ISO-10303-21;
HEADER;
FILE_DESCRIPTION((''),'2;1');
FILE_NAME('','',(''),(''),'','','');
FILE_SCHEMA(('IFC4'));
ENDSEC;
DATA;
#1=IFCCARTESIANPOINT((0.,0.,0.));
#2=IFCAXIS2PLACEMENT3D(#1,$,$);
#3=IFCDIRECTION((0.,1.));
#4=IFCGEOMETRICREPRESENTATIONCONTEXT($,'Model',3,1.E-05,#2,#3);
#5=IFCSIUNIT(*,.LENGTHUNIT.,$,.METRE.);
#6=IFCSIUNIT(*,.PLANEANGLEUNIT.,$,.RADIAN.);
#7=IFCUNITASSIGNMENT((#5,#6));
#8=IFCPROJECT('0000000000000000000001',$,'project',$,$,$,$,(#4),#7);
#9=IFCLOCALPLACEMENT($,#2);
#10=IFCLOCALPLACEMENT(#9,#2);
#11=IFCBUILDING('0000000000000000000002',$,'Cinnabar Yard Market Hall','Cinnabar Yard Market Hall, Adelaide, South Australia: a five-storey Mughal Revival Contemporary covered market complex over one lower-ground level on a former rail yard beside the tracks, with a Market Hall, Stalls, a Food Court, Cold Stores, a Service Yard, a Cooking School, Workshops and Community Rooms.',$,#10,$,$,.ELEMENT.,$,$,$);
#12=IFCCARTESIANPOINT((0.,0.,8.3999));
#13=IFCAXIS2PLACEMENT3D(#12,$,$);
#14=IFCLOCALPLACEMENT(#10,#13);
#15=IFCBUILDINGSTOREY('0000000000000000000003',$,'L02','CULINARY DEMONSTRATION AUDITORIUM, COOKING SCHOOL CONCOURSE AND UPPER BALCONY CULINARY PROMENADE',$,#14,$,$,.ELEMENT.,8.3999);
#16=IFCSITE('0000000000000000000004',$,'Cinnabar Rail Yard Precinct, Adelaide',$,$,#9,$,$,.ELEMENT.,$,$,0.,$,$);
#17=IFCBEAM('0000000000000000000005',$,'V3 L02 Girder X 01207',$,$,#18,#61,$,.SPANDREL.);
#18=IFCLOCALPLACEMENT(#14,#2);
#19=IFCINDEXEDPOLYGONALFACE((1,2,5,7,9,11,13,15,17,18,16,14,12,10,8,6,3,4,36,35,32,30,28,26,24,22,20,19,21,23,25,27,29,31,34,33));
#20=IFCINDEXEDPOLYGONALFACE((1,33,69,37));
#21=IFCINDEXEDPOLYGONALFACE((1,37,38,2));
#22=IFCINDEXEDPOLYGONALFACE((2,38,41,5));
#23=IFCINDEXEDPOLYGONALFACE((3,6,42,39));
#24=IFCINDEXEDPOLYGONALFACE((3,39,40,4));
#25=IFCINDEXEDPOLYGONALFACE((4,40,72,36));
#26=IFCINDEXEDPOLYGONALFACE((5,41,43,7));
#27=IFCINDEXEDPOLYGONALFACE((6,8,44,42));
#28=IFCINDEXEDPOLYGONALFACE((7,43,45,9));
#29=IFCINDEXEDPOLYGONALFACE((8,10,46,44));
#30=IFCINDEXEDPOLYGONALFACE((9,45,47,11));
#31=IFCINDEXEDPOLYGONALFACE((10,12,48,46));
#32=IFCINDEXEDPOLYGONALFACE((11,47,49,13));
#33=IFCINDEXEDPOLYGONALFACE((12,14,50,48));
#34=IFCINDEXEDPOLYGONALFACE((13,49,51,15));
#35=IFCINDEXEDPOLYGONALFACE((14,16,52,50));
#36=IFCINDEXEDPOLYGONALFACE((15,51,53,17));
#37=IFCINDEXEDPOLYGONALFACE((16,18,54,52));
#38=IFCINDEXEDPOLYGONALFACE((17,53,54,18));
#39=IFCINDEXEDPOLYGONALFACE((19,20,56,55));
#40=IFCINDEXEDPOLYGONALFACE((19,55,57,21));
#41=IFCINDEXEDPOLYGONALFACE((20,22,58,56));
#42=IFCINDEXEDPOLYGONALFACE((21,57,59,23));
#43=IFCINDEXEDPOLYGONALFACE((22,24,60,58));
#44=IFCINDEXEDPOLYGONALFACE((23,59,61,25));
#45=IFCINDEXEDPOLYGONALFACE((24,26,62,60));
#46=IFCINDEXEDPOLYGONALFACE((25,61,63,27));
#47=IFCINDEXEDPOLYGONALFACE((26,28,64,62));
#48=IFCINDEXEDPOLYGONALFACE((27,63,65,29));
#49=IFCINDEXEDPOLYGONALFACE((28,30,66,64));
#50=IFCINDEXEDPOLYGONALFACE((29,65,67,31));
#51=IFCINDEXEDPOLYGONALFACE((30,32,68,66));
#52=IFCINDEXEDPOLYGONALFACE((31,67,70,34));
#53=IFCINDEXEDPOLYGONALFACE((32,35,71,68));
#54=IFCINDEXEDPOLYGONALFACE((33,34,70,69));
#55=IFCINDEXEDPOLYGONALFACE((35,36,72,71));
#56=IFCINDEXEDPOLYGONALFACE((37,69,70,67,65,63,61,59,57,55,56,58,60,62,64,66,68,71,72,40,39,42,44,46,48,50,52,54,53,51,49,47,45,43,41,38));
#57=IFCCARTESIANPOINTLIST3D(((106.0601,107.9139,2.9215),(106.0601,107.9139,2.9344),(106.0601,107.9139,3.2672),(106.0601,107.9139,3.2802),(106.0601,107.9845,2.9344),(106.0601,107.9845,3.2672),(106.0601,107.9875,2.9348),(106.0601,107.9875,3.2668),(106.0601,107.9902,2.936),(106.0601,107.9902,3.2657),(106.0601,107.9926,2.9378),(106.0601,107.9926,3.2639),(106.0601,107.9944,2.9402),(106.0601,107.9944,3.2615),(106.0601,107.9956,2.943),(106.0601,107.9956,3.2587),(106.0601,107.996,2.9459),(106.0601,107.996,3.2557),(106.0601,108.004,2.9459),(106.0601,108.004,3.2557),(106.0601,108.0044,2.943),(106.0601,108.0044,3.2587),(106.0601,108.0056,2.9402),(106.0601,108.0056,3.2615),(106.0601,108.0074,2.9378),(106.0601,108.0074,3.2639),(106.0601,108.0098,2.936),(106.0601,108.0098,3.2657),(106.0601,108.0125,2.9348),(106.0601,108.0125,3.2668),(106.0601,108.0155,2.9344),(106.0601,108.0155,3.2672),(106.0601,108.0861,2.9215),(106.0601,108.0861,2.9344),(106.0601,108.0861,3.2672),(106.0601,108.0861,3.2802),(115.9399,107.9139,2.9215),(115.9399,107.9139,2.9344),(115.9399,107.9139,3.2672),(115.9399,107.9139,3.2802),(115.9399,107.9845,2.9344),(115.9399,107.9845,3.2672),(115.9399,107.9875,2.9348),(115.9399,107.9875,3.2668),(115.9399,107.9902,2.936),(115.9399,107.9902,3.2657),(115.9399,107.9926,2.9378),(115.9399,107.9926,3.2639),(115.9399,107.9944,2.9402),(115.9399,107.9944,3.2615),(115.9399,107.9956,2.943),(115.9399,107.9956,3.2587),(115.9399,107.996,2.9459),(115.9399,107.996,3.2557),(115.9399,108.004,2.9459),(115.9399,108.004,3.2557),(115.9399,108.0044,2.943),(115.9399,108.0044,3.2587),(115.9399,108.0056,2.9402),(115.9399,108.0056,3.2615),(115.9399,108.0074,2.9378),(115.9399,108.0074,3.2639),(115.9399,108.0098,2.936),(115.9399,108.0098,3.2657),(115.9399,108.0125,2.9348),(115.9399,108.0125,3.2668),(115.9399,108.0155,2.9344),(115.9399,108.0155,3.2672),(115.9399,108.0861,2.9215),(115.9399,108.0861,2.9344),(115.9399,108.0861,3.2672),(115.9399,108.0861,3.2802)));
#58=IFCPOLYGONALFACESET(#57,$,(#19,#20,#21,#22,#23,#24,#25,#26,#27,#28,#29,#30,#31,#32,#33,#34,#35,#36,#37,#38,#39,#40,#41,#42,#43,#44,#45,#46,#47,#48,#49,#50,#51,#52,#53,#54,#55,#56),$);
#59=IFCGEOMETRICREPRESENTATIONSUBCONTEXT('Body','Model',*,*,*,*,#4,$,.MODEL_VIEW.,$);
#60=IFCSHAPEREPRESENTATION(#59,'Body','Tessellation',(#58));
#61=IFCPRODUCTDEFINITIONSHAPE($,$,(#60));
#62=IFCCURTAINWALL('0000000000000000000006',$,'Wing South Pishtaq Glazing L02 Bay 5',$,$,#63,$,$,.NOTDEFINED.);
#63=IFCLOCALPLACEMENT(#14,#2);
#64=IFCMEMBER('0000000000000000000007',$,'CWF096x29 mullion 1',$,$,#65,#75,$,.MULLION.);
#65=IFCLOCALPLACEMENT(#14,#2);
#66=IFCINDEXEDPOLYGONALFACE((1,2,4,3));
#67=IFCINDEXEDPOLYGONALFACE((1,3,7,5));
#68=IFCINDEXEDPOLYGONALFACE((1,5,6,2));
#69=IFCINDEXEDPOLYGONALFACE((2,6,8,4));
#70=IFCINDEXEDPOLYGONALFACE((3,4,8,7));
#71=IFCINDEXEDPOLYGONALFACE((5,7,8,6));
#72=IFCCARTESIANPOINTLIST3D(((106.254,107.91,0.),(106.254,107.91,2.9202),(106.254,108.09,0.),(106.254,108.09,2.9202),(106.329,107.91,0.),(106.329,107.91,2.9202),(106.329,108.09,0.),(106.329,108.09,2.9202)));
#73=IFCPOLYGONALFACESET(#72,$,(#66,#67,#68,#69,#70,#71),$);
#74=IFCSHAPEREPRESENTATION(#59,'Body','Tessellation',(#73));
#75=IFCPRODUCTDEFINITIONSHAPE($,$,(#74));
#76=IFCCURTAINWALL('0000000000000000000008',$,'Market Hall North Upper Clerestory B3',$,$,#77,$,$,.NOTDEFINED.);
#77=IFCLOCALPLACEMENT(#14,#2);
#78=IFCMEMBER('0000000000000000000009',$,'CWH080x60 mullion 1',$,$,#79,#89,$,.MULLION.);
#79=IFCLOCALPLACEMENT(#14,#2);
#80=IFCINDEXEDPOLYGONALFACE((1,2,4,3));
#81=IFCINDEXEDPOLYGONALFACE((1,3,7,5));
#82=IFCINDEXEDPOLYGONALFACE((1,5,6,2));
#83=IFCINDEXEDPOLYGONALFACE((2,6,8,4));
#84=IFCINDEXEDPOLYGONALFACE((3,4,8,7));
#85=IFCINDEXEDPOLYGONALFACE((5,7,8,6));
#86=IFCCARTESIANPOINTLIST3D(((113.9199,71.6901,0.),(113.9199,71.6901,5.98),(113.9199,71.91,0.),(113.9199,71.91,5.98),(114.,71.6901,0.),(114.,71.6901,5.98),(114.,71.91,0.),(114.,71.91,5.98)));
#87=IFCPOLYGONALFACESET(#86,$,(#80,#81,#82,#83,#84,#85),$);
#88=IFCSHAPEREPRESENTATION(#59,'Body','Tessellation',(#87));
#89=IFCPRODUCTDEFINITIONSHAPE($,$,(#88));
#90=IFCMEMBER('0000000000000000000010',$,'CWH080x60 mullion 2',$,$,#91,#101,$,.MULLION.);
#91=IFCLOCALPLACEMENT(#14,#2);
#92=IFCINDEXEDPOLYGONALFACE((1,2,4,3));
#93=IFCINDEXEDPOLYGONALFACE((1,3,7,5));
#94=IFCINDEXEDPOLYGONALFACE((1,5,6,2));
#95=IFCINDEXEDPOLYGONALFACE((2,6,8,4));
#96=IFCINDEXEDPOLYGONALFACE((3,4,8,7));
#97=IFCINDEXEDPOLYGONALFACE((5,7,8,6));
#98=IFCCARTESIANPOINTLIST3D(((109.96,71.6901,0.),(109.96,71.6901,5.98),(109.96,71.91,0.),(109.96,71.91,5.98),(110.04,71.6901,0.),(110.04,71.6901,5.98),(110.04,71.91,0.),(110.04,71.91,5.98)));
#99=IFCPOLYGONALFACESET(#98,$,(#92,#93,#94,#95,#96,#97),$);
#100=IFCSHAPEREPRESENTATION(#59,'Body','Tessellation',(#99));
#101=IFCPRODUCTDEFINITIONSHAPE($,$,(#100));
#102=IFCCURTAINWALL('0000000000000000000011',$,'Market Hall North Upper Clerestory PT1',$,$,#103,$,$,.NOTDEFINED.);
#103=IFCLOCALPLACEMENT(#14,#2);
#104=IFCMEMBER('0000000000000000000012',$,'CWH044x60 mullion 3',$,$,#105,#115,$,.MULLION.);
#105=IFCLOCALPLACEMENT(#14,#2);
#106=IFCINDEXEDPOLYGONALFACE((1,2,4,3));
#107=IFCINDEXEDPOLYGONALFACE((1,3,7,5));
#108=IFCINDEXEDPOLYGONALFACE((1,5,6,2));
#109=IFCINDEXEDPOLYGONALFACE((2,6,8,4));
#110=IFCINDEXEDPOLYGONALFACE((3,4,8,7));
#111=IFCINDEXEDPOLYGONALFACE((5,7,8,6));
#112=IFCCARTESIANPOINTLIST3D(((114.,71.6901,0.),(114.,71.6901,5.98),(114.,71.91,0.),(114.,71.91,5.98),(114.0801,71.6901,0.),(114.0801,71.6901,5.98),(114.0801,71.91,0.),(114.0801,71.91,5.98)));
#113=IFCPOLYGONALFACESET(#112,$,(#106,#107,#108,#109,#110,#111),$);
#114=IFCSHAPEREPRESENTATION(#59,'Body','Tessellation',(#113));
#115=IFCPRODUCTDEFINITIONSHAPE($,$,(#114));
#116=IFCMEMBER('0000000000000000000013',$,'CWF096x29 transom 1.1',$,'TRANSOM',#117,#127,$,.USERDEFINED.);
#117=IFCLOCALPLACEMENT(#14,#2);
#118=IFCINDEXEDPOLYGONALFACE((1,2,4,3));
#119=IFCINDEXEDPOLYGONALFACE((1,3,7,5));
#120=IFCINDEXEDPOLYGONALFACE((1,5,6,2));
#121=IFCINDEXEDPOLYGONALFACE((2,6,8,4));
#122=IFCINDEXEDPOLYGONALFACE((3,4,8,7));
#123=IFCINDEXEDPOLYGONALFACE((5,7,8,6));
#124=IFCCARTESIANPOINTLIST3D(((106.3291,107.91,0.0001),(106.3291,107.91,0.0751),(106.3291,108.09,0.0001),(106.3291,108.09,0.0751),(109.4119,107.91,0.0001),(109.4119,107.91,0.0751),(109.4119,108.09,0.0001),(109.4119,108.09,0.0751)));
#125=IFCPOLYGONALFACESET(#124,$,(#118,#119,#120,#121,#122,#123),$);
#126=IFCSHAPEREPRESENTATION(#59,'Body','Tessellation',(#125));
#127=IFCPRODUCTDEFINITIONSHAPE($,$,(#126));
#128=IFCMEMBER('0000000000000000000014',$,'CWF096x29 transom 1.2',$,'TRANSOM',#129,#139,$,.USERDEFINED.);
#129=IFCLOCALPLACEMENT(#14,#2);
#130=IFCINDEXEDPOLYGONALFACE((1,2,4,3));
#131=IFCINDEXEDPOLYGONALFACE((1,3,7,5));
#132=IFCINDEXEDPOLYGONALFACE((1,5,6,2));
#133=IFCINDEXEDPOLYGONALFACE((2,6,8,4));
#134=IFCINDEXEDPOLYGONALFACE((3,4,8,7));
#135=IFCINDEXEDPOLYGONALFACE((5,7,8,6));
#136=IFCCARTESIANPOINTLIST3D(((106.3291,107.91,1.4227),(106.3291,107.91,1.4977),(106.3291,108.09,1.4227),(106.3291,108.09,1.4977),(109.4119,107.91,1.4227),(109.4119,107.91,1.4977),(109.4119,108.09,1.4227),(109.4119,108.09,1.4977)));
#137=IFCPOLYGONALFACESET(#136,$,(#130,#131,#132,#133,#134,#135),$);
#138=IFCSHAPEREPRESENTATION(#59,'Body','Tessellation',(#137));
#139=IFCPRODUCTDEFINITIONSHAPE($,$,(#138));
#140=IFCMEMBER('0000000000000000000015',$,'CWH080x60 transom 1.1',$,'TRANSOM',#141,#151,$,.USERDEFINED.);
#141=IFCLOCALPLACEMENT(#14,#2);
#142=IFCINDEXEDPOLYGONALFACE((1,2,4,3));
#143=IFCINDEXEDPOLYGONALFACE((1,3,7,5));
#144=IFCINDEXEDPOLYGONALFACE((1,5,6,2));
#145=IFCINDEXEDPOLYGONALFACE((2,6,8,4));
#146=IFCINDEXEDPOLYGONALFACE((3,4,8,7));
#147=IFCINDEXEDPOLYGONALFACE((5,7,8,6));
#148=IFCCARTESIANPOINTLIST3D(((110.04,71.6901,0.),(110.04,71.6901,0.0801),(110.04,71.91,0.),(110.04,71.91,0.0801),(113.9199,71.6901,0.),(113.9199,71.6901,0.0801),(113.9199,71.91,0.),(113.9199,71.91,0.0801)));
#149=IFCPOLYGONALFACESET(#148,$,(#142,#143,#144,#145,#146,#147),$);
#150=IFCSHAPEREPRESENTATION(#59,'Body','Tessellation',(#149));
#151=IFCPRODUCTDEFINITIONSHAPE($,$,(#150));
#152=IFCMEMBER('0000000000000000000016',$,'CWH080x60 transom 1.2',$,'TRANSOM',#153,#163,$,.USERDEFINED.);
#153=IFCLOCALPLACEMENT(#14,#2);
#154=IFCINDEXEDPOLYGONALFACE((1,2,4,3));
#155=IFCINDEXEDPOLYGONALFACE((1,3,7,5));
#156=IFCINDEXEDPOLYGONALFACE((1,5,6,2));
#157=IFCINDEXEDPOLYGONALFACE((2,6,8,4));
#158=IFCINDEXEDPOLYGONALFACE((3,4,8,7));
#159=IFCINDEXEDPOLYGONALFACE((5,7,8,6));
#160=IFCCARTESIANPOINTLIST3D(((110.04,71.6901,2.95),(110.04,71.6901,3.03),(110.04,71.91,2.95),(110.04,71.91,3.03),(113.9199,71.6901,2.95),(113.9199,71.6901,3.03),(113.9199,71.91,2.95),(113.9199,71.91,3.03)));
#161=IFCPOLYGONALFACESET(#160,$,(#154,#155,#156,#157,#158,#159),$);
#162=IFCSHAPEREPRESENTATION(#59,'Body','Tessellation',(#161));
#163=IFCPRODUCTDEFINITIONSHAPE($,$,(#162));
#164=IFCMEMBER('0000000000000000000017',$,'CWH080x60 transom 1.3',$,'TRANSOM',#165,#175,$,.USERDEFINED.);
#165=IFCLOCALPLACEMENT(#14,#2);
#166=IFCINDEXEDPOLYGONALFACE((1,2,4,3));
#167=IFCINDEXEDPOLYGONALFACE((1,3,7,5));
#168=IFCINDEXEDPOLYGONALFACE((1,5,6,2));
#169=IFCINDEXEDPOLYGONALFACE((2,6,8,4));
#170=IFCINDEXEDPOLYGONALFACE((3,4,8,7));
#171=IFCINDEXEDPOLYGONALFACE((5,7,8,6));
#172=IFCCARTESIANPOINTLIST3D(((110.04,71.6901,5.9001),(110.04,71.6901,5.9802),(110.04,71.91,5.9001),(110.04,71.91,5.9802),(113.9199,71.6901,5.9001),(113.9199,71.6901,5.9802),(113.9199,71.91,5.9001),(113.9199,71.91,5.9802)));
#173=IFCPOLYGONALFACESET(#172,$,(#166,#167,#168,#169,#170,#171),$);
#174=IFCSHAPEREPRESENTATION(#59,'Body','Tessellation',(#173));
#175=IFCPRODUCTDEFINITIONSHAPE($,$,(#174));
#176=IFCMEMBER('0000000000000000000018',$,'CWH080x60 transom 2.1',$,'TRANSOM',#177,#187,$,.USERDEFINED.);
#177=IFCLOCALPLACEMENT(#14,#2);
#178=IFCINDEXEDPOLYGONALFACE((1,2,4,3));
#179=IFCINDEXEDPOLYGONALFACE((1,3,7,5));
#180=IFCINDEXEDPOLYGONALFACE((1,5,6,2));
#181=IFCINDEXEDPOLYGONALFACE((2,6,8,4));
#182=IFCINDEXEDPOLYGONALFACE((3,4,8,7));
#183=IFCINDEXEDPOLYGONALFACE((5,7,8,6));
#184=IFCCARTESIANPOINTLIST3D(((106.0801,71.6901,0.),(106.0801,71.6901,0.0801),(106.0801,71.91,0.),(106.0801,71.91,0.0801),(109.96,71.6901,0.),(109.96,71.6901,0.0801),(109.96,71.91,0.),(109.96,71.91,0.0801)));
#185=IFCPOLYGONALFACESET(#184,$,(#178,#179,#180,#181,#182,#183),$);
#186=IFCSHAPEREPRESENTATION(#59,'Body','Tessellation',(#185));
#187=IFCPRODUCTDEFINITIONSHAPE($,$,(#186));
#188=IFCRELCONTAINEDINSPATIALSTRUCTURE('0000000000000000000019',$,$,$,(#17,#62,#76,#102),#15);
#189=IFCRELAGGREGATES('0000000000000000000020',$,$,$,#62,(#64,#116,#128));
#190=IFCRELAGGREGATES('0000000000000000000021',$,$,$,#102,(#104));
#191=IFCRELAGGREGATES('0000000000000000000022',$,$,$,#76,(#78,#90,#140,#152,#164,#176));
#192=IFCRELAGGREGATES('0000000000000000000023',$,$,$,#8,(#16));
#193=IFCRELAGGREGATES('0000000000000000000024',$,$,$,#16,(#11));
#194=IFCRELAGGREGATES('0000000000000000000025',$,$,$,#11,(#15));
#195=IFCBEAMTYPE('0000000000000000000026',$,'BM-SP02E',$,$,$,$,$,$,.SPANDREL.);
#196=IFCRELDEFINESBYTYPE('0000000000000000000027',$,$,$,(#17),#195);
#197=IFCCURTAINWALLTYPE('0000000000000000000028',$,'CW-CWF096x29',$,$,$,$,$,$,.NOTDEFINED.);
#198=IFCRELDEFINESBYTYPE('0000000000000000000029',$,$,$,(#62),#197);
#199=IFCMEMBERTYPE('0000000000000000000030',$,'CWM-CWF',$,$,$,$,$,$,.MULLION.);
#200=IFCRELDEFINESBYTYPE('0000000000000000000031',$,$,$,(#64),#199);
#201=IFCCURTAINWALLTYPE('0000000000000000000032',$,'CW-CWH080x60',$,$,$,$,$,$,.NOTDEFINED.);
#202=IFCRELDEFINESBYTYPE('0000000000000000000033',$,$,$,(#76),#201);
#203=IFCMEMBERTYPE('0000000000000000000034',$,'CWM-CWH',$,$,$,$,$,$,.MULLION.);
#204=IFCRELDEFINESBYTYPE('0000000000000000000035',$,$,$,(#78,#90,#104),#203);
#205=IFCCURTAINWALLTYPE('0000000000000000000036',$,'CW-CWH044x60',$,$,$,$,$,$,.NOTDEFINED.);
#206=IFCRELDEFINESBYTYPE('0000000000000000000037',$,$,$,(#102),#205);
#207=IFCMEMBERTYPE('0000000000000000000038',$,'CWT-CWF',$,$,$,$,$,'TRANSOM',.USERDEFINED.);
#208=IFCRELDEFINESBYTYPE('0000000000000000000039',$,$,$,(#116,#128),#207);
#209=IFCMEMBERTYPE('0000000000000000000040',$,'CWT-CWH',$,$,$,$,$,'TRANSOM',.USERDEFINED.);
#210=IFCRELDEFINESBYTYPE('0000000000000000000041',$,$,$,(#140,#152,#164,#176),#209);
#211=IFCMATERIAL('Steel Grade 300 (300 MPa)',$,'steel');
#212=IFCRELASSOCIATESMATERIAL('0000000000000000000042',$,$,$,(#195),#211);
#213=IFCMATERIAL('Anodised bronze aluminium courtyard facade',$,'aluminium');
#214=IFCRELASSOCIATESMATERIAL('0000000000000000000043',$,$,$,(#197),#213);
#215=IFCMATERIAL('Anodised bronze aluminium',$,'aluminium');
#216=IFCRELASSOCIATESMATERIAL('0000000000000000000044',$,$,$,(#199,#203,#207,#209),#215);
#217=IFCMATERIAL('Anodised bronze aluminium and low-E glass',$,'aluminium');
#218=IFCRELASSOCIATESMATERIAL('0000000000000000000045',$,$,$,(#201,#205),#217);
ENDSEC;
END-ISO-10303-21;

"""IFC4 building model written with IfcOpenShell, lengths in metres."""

from ifc_helpers import new_model, si_unit, direction, frame, origin, origin_2d_with_axis, place, context, subcontext, project, spatial, rectangle, i_section, extrude, material, material_profile, profile_set, type_object, element, aggregate, save


model = new_model("IFC4")

# Units and contexts
model_context = context("Model", 3, precision=1e-05, world=origin(), true_north=direction((0.0, 1.0)))
body_context = subcontext(model_context, "Body", "Model", "MODEL_VIEW")
ifc_project = project(units=[si_unit("LENGTHUNIT", "METRE"), si_unit("PLANEANGLEUNIT", "RADIAN")], contexts=[model_context])

# Site, building, storey
site_placement = place(None, origin())
site = spatial("IfcSite", under=ifc_project, at=site_placement, Name="Cinnabar Rail Yard Precinct, Adelaide", CompositionType="ELEMENT", RefElevation=0.0)
building_placement = place(site_placement, origin())
building = spatial("IfcBuilding", under=site, at=building_placement, Name="Cinnabar Yard Market Hall", Description="Cinnabar Yard Market Hall, Adelaide, South Australia: a five-storey Mughal Revival Contemporary covered market complex over one lower-ground level on a former rail yard beside the tracks, with a Market Hall, Stalls, a Food Court, Cold Stores, a Service Yard, a Cooking School, Workshops and Community Rooms.", CompositionType="ELEMENT")
storey_placement = place(building_placement, frame((0.0, 0.0, 8.3999)))
storey = spatial("IfcBuildingStorey", under=building, at=storey_placement, Name="L02", Description="CULINARY DEMONSTRATION AUDITORIUM, COOKING SCHOOL CONCOURSE AND UPPER BALCONY CULINARY PROMENADE", CompositionType="ELEMENT", Elevation=8.3999)

# Beam
ifc_material_1 = material(Name="Steel Grade 300 (300 MPa)", Category="steel")
ifc_material_profile_1 = material_profile(ifc_material_1, i_section(OverallWidth=0.1721, OverallDepth=0.3586, WebThickness=0.0081, FlangeThickness=0.0129, FilletRadius=0.0115, at=origin_2d_with_axis()), Name="360UB56.7")
ifc_profile_set_1 = profile_set([ifc_material_profile_1], Name="Steel Grade 300 (300 MPa)")
beam_type = type_object("IfcBeamType", Name="BM-SP02E", PredefinedType="SPANDREL", material=ifc_profile_set_1)
for number, where, z_axis, x_axis, name in (
    (1, (106.0601, 108.0, 3.1008), (1.0, 0.0, 0.0), (0.0, 1.0, 0.0), "V3 L02 Girder X 01207"),
):
    element("IfcBeam", number, at=place(storey_placement, frame(where, z_axis=z_axis, x_axis=x_axis)), inside=storey, type_object=beam_type, Name=name, PredefinedType="SPANDREL", context=body_context, shape_type="SweptSolid", body=[
        extrude(i_section(OverallWidth=0.1721, OverallDepth=0.3586, WebThickness=0.0081, FlangeThickness=0.0129, FilletRadius=0.0115, at=origin_2d_with_axis()), origin(), (0.0, 0.0, 1.0), 9.8799),
    ])

# Curtain wall, member
ifc_material_2 = material(Name="Anodised bronze aluminium courtyard facade", Category="aluminium")
curtain_wall_type_1 = type_object("IfcCurtainWallType", Name="CW-CWF096x29", PredefinedType="NOTDEFINED", material=ifc_material_2)
curtain_wall_1_placement = place(storey_placement, origin())
curtain_wall_1 = element("IfcCurtainWall", 2, at=curtain_wall_1_placement, inside=storey, type_object=curtain_wall_type_1, Name="Wing South Pishtaq Glazing L02 Bay 5", PredefinedType="NOTDEFINED")
ifc_material_3 = material(Name="Anodised bronze aluminium", Category="aluminium")
ifc_material_profile_2 = material_profile(ifc_material_3, rectangle(XDim=0.1799, YDim=0.075, at=origin_2d_with_axis()), Name="MUL-CWF")
ifc_profile_set_2 = profile_set([ifc_material_profile_2], Name="Anodised bronze aluminium")
member_type_1 = type_object("IfcMemberType", Name="CWM-CWF", PredefinedType="MULLION", material=ifc_profile_set_2)
member_1_placement = place(storey_placement, frame((106.2915, 108.0, 0.0), z_axis=(0.0, 0.0, 1.0), x_axis=(0.0, 1.0, 0.0)))
member_1 = element("IfcMember", 3, at=member_1_placement, type_object=member_type_1, Name="CWF096x29 mullion 1", PredefinedType="MULLION", context=body_context, shape_type="SweptSolid", body=[
    extrude(rectangle(XDim=0.1799, YDim=0.075, at=origin_2d_with_axis()), origin(), (0.0, 0.0, 1.0), 2.9202),
])

# Curtain wall, members
ifc_material_4 = material(Name="Anodised bronze aluminium and low-E glass", Category="aluminium")
curtain_wall_type_2 = type_object("IfcCurtainWallType", Name="CW-CWH080x60", PredefinedType="NOTDEFINED", material=ifc_material_4)
curtain_wall_2_placement = place(storey_placement, origin())
curtain_wall_2 = element("IfcCurtainWall", 4, at=curtain_wall_2_placement, inside=storey, type_object=curtain_wall_type_2, Name="Market Hall North Upper Clerestory B3", PredefinedType="NOTDEFINED")
ifc_material_profile_3 = material_profile(ifc_material_3, rectangle(XDim=0.22, YDim=0.0801, at=origin_2d_with_axis()), Name="MUL-CWH")
ifc_profile_set_3 = profile_set([ifc_material_profile_3], Name="Anodised bronze aluminium")
member_type_2 = type_object("IfcMemberType", Name="CWM-CWH", PredefinedType="MULLION", material=ifc_profile_set_3)
member_2_placement = place(storey_placement, frame((113.96, 71.8, 0.0), z_axis=(0.0, 0.0, 1.0), x_axis=(0.0, -1.0, 0.0)))
member_2 = element("IfcMember", 5, at=member_2_placement, type_object=member_type_2, Name="CWH080x60 mullion 1", PredefinedType="MULLION", context=body_context, shape_type="SweptSolid", body=[
    extrude(rectangle(XDim=0.22, YDim=0.0801, at=origin_2d_with_axis()), origin(), (0.0, 0.0, 1.0), 5.98),
])
member_3_placement = place(storey_placement, frame((110.0, 71.8, 0.0), z_axis=(0.0, 0.0, 1.0), x_axis=(0.0, -1.0, 0.0)))
member_3 = element("IfcMember", 6, at=member_3_placement, type_object=member_type_2, Name="CWH080x60 mullion 2", PredefinedType="MULLION", context=body_context, shape_type="SweptSolid", body=[
    extrude(rectangle(XDim=0.22, YDim=0.0801, at=origin_2d_with_axis()), origin(), (0.0, 0.0, 1.0), 5.98),
])

# Curtain wall, member
curtain_wall_type_3 = type_object("IfcCurtainWallType", Name="CW-CWH044x60", PredefinedType="NOTDEFINED", material=ifc_material_4)
curtain_wall_3_placement = place(storey_placement, origin())
curtain_wall_3 = element("IfcCurtainWall", 7, at=curtain_wall_3_placement, inside=storey, type_object=curtain_wall_type_3, Name="Market Hall North Upper Clerestory PT1", PredefinedType="NOTDEFINED")
member_4_placement = place(storey_placement, frame((114.04, 71.8, 0.0), z_axis=(0.0, 0.0, 1.0), x_axis=(0.0, -1.0, 0.0)))
member_4 = element("IfcMember", 8, at=member_4_placement, type_object=member_type_2, Name="CWH044x60 mullion 3", PredefinedType="MULLION", context=body_context, shape_type="SweptSolid", body=[
    extrude(rectangle(XDim=0.22, YDim=0.0801, at=origin_2d_with_axis()), origin(), (0.0, 0.0, 1.0), 5.98),
])

# Members
ifc_material_profile_4 = material_profile(ifc_material_3, rectangle(XDim=0.1799, YDim=0.075, at=origin_2d_with_axis()), Name="TRN-CWF")
ifc_profile_set_4 = profile_set([ifc_material_profile_4], Name="Anodised bronze aluminium")
member_type_3 = type_object("IfcMemberType", Name="CWT-CWF", ElementType="TRANSOM", PredefinedType="USERDEFINED", material=ifc_profile_set_4)
member_5_placement = place(storey_placement, frame((106.3291, 108.0, 0.0376), z_axis=(1.0, 0.0, 0.0), x_axis=(0.0, 1.0, 0.0)))
member_5 = element("IfcMember", 9, at=member_5_placement, type_object=member_type_3, Name="CWF096x29 transom 1.1", ObjectType="TRANSOM", PredefinedType="USERDEFINED", context=body_context, shape_type="SweptSolid", body=[
    extrude(rectangle(XDim=0.1799, YDim=0.075, at=origin_2d_with_axis()), origin(), (0.0, 0.0, 1.0), 3.0828),
])
member_6_placement = place(storey_placement, frame((106.3291, 108.0, 1.4602), z_axis=(1.0, 0.0, 0.0), x_axis=(0.0, 1.0, 0.0)))
member_6 = element("IfcMember", 10, at=member_6_placement, type_object=member_type_3, Name="CWF096x29 transom 1.2", ObjectType="TRANSOM", PredefinedType="USERDEFINED", context=body_context, shape_type="SweptSolid", body=[
    extrude(rectangle(XDim=0.1799, YDim=0.075, at=origin_2d_with_axis()), origin(), (0.0, 0.0, 1.0), 3.0828),
])
aggregate(curtain_wall_1, [member_1, member_5, member_6])
ifc_material_profile_5 = material_profile(ifc_material_3, rectangle(XDim=0.22, YDim=0.0801, at=origin_2d_with_axis()), Name="TRN-CWH")
ifc_profile_set_5 = profile_set([ifc_material_profile_5], Name="Anodised bronze aluminium")
member_type_4 = type_object("IfcMemberType", Name="CWT-CWH", ElementType="TRANSOM", PredefinedType="USERDEFINED", material=ifc_profile_set_5)
member_7_placement = place(storey_placement, frame((113.9199, 71.8, 0.04), z_axis=(-1.0, 0.0, 0.0), x_axis=(0.0, -1.0, 0.0)))
member_7 = element("IfcMember", 11, at=member_7_placement, type_object=member_type_4, Name="CWH080x60 transom 1.1", ObjectType="TRANSOM", PredefinedType="USERDEFINED", context=body_context, shape_type="SweptSolid", body=[
    extrude(rectangle(XDim=0.22, YDim=0.0801, at=origin_2d_with_axis()), origin(), (0.0, 0.0, 1.0), 3.8799),
])
member_8_placement = place(storey_placement, frame((113.9199, 71.8, 2.99), z_axis=(-1.0, 0.0, 0.0), x_axis=(0.0, -1.0, 0.0)))
member_8 = element("IfcMember", 12, at=member_8_placement, type_object=member_type_4, Name="CWH080x60 transom 1.2", ObjectType="TRANSOM", PredefinedType="USERDEFINED", context=body_context, shape_type="SweptSolid", body=[
    extrude(rectangle(XDim=0.22, YDim=0.0801, at=origin_2d_with_axis()), origin(), (0.0, 0.0, 1.0), 3.8799),
])
member_9_placement = place(storey_placement, frame((113.9199, 71.8, 5.9402), z_axis=(-1.0, 0.0, 0.0), x_axis=(0.0, -1.0, 0.0)))
member_9 = element("IfcMember", 13, at=member_9_placement, type_object=member_type_4, Name="CWH080x60 transom 1.3", ObjectType="TRANSOM", PredefinedType="USERDEFINED", context=body_context, shape_type="SweptSolid", body=[
    extrude(rectangle(XDim=0.22, YDim=0.0801, at=origin_2d_with_axis()), origin(), (0.0, 0.0, 1.0), 3.8799),
])
member_10_placement = place(storey_placement, frame((109.96, 71.8, 0.04), z_axis=(-1.0, 0.0, 0.0), x_axis=(0.0, -1.0, 0.0)))
member_10 = element("IfcMember", 14, at=member_10_placement, type_object=member_type_4, Name="CWH080x60 transom 2.1", ObjectType="TRANSOM", PredefinedType="USERDEFINED", context=body_context, shape_type="SweptSolid", body=[
    extrude(rectangle(XDim=0.22, YDim=0.0801, at=origin_2d_with_axis()), origin(), (0.0, 0.0, 1.0), 3.8799),
])

aggregate(curtain_wall_3, [member_4])
aggregate(curtain_wall_2, [member_2, member_3, member_7, member_8, member_9, member_10])

save(model, "model.ifc")
